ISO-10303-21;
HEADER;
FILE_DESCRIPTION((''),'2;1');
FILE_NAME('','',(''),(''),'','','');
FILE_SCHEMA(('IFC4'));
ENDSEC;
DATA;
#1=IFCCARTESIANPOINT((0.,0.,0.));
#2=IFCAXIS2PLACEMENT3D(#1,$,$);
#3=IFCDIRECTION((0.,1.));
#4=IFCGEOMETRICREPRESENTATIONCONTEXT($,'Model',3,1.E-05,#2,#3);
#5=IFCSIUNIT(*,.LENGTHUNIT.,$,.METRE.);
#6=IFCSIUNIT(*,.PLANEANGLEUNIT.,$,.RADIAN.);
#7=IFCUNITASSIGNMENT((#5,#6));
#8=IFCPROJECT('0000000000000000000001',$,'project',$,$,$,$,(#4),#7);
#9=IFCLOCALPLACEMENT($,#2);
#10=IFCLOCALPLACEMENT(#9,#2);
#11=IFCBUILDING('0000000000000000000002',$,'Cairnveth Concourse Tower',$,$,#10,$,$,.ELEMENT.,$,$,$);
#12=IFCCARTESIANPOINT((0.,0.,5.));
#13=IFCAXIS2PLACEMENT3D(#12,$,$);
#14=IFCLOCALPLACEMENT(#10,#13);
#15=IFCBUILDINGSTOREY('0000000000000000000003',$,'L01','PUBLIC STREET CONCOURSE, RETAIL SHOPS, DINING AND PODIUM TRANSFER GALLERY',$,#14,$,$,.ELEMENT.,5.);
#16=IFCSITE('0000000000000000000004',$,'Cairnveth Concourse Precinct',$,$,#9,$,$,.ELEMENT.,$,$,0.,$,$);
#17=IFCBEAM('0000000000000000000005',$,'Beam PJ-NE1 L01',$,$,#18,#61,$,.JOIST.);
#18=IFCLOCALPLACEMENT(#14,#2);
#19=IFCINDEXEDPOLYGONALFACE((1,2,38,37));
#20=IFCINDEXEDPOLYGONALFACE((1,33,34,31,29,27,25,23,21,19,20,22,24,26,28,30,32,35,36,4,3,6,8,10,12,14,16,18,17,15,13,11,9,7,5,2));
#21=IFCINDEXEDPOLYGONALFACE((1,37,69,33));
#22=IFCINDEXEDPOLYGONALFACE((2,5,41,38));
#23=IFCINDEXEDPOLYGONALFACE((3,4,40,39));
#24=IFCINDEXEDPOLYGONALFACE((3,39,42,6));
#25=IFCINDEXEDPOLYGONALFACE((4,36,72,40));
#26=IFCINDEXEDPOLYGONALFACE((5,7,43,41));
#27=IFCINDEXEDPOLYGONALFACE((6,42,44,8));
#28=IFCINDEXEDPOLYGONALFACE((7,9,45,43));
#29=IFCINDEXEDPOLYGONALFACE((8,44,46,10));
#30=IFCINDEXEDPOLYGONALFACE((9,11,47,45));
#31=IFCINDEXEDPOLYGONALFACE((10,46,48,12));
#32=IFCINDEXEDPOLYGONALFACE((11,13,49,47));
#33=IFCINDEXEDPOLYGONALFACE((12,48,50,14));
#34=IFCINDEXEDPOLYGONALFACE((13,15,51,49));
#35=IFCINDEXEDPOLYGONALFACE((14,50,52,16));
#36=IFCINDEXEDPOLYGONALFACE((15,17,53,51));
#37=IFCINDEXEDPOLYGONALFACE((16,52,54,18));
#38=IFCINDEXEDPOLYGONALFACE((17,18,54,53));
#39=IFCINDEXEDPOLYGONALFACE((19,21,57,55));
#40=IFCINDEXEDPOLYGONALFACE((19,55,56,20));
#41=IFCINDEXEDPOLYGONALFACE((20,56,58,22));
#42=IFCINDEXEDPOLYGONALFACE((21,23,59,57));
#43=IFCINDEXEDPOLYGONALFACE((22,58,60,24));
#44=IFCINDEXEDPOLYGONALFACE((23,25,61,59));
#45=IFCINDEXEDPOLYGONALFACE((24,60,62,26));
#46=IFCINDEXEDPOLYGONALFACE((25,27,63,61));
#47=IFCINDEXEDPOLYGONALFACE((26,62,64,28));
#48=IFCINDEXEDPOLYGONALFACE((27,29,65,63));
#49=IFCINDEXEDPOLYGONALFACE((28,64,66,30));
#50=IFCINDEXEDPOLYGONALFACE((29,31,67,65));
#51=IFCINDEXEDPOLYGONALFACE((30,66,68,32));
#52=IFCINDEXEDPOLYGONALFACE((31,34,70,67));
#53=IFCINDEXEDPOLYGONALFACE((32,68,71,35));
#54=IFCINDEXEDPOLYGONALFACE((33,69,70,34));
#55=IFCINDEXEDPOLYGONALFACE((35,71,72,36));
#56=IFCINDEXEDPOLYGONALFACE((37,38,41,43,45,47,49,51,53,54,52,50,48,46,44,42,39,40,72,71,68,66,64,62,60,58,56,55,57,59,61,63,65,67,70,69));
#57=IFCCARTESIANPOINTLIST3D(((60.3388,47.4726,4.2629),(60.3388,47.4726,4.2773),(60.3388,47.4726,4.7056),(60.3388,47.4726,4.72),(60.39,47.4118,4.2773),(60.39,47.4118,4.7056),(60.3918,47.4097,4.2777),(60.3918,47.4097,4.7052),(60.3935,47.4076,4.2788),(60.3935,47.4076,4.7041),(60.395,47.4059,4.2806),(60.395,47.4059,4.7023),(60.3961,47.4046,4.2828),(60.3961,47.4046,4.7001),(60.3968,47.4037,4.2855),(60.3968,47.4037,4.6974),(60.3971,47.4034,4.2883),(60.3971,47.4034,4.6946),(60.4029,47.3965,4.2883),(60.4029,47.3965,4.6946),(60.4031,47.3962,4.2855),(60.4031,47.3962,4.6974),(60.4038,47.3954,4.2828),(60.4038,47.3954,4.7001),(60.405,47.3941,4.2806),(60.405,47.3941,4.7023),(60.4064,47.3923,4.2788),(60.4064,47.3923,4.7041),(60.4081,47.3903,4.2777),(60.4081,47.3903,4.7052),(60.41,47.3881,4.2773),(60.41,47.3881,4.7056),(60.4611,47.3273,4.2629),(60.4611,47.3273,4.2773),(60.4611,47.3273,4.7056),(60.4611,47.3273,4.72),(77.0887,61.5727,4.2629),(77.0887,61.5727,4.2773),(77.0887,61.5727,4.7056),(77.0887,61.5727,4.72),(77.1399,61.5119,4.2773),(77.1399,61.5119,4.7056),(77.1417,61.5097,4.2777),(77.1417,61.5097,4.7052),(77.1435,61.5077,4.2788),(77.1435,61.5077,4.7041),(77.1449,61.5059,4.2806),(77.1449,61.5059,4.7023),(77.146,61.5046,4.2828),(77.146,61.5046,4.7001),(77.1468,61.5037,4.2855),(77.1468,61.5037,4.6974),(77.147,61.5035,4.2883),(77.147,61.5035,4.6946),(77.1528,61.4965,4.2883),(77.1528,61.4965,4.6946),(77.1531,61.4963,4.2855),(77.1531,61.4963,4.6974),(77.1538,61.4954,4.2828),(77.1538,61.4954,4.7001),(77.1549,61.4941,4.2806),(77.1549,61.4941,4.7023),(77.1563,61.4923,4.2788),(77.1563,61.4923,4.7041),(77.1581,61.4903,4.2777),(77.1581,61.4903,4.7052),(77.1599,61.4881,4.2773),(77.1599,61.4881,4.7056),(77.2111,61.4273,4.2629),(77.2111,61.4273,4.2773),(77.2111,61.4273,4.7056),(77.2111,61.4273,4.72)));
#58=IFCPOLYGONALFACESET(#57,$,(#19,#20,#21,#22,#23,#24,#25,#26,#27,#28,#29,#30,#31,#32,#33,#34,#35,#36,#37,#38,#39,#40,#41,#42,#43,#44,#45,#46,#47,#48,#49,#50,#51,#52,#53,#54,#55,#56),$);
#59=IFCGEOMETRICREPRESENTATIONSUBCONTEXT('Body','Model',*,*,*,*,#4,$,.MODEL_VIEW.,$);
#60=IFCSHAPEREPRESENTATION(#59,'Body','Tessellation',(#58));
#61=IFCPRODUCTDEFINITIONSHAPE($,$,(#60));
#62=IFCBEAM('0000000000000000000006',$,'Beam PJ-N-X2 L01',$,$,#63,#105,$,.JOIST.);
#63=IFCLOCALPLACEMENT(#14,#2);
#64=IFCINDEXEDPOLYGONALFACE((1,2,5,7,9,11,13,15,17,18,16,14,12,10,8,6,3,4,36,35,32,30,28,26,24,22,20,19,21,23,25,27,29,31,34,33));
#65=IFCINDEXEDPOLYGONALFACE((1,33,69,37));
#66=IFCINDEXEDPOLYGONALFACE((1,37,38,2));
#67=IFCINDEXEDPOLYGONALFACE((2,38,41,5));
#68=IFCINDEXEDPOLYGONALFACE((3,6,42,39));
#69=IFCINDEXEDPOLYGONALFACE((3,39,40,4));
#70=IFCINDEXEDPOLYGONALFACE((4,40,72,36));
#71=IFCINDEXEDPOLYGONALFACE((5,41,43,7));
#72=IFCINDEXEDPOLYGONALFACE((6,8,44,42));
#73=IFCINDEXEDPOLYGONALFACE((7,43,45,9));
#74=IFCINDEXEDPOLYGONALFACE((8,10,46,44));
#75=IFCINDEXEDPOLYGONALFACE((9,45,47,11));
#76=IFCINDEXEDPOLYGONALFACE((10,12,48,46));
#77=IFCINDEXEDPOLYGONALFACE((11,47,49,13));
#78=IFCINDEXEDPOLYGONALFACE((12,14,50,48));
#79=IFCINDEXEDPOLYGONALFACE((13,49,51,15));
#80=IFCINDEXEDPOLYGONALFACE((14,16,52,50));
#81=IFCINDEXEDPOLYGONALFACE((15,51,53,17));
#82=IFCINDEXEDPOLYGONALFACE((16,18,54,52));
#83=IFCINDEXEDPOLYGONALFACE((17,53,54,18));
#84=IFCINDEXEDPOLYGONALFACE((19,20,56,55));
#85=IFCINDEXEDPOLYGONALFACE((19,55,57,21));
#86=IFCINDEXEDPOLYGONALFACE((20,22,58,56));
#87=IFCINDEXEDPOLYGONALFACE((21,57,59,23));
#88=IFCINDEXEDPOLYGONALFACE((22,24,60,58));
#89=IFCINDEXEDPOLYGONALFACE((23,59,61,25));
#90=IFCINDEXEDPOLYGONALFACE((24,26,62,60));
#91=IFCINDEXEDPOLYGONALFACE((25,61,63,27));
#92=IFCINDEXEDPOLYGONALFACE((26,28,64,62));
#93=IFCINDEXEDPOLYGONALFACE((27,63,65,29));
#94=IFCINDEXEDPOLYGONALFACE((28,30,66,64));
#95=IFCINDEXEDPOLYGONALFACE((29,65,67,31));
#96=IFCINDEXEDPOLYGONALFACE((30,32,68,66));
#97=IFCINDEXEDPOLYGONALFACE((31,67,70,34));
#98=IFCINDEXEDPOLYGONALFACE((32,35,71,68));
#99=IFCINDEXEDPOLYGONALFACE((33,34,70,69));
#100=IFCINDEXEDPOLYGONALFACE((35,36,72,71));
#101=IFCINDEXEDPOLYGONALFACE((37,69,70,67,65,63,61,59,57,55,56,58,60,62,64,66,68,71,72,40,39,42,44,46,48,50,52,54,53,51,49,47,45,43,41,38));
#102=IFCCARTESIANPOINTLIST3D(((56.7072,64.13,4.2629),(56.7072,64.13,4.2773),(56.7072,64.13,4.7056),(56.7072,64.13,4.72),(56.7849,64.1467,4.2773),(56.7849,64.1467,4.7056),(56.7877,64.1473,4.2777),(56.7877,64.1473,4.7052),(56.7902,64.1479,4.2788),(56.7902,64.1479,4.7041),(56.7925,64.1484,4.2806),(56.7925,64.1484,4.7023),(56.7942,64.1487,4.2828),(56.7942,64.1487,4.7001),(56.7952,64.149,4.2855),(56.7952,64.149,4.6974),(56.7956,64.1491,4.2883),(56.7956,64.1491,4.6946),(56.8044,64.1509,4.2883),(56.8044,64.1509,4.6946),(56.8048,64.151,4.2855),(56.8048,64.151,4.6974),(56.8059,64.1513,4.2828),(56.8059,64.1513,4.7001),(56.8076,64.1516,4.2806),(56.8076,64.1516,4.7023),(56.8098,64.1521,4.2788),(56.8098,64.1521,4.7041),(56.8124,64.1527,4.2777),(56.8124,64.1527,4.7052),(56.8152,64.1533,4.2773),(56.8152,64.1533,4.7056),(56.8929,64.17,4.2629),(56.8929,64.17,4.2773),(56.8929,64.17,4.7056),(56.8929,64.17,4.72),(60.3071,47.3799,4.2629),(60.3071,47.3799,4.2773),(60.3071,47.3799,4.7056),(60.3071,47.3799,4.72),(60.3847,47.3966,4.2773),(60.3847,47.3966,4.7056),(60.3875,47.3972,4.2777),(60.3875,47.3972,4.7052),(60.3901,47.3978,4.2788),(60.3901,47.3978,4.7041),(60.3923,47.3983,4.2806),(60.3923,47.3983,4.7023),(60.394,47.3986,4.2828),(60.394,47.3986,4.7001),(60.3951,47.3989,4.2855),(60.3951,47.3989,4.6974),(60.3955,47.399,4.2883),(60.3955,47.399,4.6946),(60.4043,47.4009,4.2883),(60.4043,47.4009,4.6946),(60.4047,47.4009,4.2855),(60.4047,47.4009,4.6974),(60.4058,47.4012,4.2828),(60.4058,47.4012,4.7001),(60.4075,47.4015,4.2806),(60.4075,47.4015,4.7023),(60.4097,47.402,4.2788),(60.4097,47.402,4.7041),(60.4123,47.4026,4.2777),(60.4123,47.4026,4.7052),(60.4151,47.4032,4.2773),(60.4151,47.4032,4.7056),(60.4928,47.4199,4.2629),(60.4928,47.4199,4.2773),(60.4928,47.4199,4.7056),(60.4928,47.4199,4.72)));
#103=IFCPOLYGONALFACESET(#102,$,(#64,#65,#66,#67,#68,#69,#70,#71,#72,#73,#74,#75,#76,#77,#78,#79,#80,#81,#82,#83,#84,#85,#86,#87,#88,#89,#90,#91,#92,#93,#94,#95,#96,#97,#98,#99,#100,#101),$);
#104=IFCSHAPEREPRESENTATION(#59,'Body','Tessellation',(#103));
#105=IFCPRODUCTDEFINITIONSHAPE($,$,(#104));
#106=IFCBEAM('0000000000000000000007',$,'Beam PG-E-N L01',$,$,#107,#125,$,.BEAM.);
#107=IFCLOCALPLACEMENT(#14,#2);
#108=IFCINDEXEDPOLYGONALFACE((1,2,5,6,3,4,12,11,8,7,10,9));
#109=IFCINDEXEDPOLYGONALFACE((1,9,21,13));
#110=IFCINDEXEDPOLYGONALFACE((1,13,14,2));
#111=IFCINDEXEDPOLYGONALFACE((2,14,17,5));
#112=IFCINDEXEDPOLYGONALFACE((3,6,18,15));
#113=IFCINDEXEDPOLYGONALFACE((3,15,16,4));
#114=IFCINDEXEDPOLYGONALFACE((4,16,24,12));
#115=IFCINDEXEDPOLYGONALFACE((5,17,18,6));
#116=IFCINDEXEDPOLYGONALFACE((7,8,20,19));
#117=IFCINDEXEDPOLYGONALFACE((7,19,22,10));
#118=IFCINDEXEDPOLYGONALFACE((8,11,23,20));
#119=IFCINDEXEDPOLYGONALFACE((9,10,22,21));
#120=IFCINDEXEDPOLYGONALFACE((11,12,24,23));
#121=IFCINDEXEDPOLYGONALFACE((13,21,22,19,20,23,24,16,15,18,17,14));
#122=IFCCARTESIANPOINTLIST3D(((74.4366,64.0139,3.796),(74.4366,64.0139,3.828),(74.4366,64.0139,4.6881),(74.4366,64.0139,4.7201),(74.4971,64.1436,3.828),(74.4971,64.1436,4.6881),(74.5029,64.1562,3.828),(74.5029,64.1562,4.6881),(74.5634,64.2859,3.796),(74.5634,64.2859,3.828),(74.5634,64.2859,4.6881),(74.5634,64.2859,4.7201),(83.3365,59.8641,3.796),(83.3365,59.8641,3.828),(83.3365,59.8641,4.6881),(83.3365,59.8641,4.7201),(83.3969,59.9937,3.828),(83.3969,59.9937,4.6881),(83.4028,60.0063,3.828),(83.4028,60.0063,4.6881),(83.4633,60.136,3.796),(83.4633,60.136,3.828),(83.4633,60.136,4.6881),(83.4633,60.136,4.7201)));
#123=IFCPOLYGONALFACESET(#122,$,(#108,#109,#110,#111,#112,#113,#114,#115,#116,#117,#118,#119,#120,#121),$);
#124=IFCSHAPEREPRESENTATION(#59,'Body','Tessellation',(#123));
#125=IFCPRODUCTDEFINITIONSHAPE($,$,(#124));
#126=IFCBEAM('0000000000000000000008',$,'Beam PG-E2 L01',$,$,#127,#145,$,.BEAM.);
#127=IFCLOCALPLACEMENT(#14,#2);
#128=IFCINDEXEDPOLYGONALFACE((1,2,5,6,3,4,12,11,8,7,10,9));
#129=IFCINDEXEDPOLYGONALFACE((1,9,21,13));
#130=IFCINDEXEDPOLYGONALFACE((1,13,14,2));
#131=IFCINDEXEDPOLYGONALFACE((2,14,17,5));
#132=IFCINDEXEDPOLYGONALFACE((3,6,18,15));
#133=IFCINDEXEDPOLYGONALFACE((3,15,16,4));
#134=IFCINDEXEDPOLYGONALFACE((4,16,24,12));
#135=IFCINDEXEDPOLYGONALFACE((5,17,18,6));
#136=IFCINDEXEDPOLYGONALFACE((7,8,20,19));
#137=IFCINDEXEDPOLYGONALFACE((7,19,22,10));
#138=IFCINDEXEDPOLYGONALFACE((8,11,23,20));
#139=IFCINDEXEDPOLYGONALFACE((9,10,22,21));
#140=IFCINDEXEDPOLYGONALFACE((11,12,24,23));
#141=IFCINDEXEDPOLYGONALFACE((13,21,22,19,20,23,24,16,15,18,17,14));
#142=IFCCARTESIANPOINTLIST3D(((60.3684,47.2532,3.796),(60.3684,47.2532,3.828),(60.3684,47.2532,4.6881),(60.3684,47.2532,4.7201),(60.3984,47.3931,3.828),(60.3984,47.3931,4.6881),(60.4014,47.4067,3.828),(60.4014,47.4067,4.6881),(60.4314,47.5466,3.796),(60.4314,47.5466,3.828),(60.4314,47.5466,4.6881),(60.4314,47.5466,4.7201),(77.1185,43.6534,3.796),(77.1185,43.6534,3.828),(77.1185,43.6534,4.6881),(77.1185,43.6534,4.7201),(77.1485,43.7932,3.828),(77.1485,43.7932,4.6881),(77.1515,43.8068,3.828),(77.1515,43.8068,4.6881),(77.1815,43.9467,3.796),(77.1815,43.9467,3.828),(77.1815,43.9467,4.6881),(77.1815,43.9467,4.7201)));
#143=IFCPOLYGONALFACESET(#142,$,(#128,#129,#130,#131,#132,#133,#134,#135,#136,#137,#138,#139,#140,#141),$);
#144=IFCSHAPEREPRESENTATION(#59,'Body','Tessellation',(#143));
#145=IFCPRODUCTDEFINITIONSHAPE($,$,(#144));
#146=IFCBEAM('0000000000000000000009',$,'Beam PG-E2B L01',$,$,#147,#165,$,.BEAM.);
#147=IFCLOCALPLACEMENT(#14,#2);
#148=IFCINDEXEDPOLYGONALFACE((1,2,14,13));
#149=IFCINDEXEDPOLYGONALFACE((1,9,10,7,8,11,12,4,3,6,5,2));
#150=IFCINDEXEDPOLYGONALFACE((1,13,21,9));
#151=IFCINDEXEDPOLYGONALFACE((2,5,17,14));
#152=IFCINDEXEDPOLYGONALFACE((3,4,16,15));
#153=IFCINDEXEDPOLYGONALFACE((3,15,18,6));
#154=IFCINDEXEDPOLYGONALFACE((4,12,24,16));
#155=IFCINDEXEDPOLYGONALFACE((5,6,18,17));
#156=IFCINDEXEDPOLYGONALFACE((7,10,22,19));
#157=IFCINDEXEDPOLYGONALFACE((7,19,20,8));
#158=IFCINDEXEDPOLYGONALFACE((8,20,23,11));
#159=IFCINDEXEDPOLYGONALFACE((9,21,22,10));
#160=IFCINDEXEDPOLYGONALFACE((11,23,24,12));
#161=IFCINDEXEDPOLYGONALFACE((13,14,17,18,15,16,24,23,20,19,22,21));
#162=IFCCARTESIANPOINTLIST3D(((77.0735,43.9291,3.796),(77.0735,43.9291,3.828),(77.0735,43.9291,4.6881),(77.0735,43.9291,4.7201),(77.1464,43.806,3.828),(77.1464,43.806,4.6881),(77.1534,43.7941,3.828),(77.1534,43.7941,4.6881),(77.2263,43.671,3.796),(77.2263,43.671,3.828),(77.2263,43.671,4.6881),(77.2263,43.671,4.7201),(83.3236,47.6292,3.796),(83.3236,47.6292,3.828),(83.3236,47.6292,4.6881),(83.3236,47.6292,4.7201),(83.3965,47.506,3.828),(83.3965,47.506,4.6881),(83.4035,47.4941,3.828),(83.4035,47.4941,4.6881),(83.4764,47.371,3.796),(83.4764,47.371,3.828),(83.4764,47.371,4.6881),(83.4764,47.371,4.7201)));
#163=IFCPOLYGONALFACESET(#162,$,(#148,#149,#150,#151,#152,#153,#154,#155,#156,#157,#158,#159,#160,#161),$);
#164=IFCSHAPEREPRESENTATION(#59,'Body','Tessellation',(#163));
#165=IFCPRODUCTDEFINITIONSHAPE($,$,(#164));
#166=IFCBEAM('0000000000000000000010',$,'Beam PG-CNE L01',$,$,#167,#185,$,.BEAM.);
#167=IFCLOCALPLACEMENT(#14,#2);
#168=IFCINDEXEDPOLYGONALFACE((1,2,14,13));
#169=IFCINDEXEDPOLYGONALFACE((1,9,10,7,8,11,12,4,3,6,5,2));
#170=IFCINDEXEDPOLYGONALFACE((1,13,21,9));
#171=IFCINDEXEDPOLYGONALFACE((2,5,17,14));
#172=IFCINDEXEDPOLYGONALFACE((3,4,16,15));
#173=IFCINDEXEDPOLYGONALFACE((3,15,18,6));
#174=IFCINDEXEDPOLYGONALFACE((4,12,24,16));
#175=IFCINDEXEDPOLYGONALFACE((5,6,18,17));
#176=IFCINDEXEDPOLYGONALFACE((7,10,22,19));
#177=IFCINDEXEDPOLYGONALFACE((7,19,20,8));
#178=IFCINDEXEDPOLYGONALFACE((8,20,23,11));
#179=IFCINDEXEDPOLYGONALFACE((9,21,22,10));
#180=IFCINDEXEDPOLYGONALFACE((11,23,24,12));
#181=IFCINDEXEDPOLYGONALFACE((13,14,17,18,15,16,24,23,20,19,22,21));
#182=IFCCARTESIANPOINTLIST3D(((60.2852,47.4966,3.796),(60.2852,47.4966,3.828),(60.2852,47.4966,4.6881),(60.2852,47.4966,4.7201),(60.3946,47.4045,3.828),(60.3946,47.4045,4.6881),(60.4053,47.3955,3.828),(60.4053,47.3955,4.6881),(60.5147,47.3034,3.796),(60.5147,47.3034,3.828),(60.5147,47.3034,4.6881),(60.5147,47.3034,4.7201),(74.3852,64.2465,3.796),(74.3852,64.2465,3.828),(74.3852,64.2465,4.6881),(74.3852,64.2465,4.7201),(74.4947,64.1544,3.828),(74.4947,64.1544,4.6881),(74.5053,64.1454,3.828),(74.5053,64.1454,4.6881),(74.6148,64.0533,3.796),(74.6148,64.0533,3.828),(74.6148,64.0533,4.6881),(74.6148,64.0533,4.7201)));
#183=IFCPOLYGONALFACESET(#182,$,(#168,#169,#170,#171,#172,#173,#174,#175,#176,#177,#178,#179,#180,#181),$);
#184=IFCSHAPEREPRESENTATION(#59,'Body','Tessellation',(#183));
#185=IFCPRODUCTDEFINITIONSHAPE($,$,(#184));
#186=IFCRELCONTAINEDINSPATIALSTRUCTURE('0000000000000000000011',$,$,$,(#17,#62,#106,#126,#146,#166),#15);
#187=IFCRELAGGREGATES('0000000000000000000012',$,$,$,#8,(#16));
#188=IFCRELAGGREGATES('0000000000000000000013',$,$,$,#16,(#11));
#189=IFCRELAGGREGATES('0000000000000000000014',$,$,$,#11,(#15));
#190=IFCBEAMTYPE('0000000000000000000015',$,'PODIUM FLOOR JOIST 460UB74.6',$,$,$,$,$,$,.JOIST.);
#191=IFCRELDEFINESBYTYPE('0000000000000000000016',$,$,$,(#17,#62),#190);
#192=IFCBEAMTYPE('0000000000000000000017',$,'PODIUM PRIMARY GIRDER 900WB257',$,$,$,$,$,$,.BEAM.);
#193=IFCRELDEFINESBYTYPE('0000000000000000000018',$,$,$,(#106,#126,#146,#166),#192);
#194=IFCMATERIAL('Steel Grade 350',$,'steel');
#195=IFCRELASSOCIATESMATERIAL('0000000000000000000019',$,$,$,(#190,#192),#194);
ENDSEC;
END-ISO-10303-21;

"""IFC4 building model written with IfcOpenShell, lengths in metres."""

from ifc_helpers import new_model, si_unit, direction, frame, origin, origin_2d, place, context, subcontext, project, spatial, i_section, extrude, material, material_profile, profile_set, type_object, element, save


model = new_model("IFC4")

# Units and contexts
model_context = context("Model", 3, precision=1e-05, world=origin(), true_north=direction((0.0, 1.0)))
body_context = subcontext(model_context, "Body", "Model", "MODEL_VIEW")
ifc_project = project(units=[si_unit("LENGTHUNIT", "METRE"), si_unit("PLANEANGLEUNIT", "RADIAN")], contexts=[model_context])

# Site, building, storey
site_placement = place(None, origin())
site = spatial("IfcSite", under=ifc_project, at=site_placement, Name="Cairnveth Concourse Precinct", CompositionType="ELEMENT", RefElevation=0.0)
building_placement = place(site_placement, origin())
building = spatial("IfcBuilding", under=site, at=building_placement, Name="Cairnveth Concourse Tower", CompositionType="ELEMENT")
storey_placement = place(building_placement, frame((0.0, 0.0, 5.0)))
storey = spatial("IfcBuildingStorey", under=building, at=storey_placement, Name="L01", Description="PUBLIC STREET CONCOURSE, RETAIL SHOPS, DINING AND PODIUM TRANSFER GALLERY", CompositionType="ELEMENT", Elevation=5.0)

# Beams
ifc_material_1 = material(Name="Steel Grade 350", Category="steel")
ifc_material_profile_1 = material_profile(ifc_material_1, i_section(OverallWidth=0.1899, OverallDepth=0.457, WebThickness=0.009, FlangeThickness=0.0144, FilletRadius=0.011, at=origin_2d()), Name="460UB74.6")
ifc_profile_set_1 = profile_set([ifc_material_profile_1], Name="Steel Grade 350")
beam_type_1 = type_object("IfcBeamType", Name="PODIUM FLOOR JOIST 460UB74.6", PredefinedType="JOIST", material=ifc_profile_set_1)
beam_1_placement = place(storey_placement, frame((77.1499, 61.5, 4.4915), z_axis=(-0.765027, -0.643998, 0.0), x_axis=(0.643998, -0.765027, 0.0)))
element("IfcBeam", 1, at=beam_1_placement, inside=storey, type_object=beam_type_1, Name="Beam PJ-NE1 L01", PredefinedType="JOIST", context=body_context, shape_type="SweptSolid", body=[
    extrude(i_section(OverallWidth=0.1899, OverallDepth=0.457, WebThickness=0.009, FlangeThickness=0.0144, FilletRadius=0.011, at=origin_2d()), origin(), (0.0, 0.0, 1.0), 21.8945),
])
beam_2_placement = place(storey_placement, frame((60.3999, 47.3999, 4.4915), z_axis=(-0.210119, 0.977676, 0.0), x_axis=(-0.977676, -0.210119, 0.0)))
element("IfcBeam", 2, at=beam_2_placement, inside=storey, type_object=beam_type_1, Name="Beam PJ-N-X2 L01", PredefinedType="JOIST", context=body_context, shape_type="SweptSolid", body=[
    extrude(i_section(OverallWidth=0.1899, OverallDepth=0.457, WebThickness=0.009, FlangeThickness=0.0144, FilletRadius=0.011, at=origin_2d()), origin(), (0.0, 0.0, 1.0), 17.1326),
])
ifc_material_profile_2 = material_profile(ifc_material_1, i_section(OverallWidth=0.3, OverallDepth=0.9241, WebThickness=0.0139, FlangeThickness=0.032, at=origin_2d()), Name="900WB257")
ifc_profile_set_2 = profile_set([ifc_material_profile_2], Name="Steel Grade 350")
beam_type_2 = type_object("IfcBeamType", Name="PODIUM PRIMARY GIRDER 900WB257", PredefinedType="BEAM", material=ifc_profile_set_2)
beam_3_placement = place(storey_placement, frame((74.5, 64.1499, 4.2581), z_axis=(0.906315, -0.422602, 0.0), x_axis=(0.422602, 0.906315, 0.0)))
element("IfcBeam", 3, at=beam_3_placement, inside=storey, type_object=beam_type_2, Name="Beam PG-E-N L01", PredefinedType="BEAM", context=body_context, shape_type="SweptSolid", body=[
    extrude(i_section(OverallWidth=0.3, OverallDepth=0.9241, WebThickness=0.0139, FlangeThickness=0.032, at=origin_2d()), origin(), (0.0, 0.0, 1.0), 9.8198),
])
beam_4_placement = place(storey_placement, frame((60.3999, 47.3999, 4.2581), z_axis=(0.977676, -0.210119, 0.0), x_axis=(0.210119, 0.977676, 0.0)))
element("IfcBeam", 4, at=beam_4_placement, inside=storey, type_object=beam_type_2, Name="Beam PG-E2 L01", PredefinedType="BEAM", context=body_context, shape_type="SweptSolid", body=[
    extrude(i_section(OverallWidth=0.3, OverallDepth=0.9241, WebThickness=0.0139, FlangeThickness=0.032, at=origin_2d()), origin(), (0.0, 0.0, 1.0), 17.1326),
])
beam_5_placement = place(storey_placement, frame((77.1499, 43.8, 4.2581), z_axis=(0.860518, 0.50942, 0.0), x_axis=(-0.50942, 0.860518, 0.0)))
element("IfcBeam", 5, at=beam_5_placement, inside=storey, type_object=beam_type_2, Name="Beam PG-E2B L01", PredefinedType="BEAM", context=body_context, shape_type="SweptSolid", body=[
    extrude(i_section(OverallWidth=0.3, OverallDepth=0.9241, WebThickness=0.0139, FlangeThickness=0.032, at=origin_2d()), origin(), (0.0, 0.0, 1.0), 7.2632),
])
beam_6_placement = place(storey_placement, frame((74.5, 64.1499, 4.2581), z_axis=(-0.643998, -0.765027, 0.0), x_axis=(0.765027, -0.643998, 0.0)))
element("IfcBeam", 6, at=beam_6_placement, inside=storey, type_object=beam_type_2, Name="Beam PG-CNE L01", PredefinedType="BEAM", context=body_context, shape_type="SweptSolid", body=[
    extrude(i_section(OverallWidth=0.3, OverallDepth=0.9241, WebThickness=0.0139, FlangeThickness=0.032, at=origin_2d()), origin(), (0.0, 0.0, 1.0), 21.8945),
])

save(model, "model.ifc")
